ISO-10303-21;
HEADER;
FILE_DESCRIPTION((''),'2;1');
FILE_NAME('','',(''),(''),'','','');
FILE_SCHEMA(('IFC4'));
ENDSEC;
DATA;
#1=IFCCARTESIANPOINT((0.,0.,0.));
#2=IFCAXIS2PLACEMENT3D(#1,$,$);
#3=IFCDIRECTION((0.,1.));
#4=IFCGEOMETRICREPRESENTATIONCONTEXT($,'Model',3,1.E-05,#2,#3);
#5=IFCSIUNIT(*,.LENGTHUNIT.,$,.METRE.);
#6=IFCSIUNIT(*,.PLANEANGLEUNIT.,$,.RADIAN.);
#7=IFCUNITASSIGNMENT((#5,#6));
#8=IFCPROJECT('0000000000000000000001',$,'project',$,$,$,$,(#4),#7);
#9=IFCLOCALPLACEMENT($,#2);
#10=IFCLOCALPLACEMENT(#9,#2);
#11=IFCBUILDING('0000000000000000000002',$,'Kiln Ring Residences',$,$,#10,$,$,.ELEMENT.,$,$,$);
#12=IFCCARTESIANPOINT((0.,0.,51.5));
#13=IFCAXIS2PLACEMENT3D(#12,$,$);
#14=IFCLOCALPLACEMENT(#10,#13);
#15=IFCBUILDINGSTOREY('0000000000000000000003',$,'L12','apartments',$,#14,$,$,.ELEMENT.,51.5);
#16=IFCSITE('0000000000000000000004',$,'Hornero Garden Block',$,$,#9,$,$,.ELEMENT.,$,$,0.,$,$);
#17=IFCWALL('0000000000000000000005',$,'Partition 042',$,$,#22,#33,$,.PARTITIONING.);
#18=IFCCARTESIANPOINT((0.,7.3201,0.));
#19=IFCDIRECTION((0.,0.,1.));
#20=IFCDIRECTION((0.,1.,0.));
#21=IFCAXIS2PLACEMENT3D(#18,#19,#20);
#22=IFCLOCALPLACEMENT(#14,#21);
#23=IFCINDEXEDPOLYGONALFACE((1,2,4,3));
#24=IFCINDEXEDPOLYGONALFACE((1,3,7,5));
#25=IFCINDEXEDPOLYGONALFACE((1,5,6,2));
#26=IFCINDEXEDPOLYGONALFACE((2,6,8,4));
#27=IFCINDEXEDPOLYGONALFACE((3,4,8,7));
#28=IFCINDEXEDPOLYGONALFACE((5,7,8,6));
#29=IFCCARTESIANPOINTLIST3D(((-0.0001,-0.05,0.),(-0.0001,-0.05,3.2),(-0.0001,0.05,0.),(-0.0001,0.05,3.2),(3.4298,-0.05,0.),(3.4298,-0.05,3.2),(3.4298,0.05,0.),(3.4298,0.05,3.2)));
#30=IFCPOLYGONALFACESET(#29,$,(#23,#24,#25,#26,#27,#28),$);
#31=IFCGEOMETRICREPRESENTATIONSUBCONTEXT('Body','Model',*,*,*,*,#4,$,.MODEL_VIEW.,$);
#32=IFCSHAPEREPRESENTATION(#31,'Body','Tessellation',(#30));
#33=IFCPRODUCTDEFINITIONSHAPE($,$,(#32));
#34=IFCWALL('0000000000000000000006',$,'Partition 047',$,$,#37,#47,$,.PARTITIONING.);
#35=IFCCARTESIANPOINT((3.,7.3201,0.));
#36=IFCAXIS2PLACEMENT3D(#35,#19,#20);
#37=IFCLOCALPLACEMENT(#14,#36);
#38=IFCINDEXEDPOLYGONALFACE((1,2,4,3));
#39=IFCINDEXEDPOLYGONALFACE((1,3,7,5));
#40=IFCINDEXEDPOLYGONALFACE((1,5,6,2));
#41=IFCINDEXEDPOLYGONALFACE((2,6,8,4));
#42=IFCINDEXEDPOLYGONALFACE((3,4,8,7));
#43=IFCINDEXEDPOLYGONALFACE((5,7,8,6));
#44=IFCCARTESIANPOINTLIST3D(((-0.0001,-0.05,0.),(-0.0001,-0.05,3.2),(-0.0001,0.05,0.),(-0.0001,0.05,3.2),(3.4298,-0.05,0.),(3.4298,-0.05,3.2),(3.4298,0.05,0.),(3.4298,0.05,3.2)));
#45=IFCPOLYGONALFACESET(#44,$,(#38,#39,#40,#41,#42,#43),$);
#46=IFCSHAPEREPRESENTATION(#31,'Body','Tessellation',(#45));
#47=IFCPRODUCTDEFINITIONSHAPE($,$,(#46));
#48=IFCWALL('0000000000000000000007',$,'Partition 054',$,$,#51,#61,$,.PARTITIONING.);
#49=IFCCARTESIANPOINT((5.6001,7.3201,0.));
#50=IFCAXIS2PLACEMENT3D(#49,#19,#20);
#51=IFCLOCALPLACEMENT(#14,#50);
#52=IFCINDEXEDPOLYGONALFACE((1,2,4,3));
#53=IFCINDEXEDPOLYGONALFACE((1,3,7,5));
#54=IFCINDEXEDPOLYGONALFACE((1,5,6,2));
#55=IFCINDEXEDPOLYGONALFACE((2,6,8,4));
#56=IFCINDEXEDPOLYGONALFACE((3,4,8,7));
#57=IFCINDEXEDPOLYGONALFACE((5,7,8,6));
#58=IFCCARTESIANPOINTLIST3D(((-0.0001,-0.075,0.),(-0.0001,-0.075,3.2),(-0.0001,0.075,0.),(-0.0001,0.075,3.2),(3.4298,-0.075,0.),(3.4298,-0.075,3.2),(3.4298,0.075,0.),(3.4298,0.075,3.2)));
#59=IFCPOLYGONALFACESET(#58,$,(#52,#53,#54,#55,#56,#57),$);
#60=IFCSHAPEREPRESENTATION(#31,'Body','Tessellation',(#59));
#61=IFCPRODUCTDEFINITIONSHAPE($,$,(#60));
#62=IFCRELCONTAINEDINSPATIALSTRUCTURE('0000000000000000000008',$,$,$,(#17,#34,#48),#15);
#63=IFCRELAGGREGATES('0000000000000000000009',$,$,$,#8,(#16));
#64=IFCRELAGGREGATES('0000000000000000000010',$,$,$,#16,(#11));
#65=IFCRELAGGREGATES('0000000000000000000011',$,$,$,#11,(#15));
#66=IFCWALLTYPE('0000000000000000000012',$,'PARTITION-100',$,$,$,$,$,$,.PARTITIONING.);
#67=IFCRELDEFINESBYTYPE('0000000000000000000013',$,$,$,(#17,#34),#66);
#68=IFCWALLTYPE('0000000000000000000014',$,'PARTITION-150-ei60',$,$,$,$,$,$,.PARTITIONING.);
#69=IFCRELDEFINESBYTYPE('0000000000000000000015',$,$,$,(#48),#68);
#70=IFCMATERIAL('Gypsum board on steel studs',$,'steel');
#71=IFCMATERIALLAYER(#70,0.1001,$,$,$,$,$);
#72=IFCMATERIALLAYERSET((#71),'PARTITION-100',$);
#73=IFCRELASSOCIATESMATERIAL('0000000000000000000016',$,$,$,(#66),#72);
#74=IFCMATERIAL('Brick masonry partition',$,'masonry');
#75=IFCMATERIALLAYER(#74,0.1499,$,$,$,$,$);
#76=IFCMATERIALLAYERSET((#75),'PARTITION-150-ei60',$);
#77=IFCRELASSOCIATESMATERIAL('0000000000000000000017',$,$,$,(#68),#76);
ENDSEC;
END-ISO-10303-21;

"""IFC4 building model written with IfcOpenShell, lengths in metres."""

from ifc_helpers import new_model, si_unit, direction, frame, frame_2d, origin, place, context, subcontext, project, spatial, rectangle, extrude, material, layer, layer_set, type_object, element, save


model = new_model("IFC4")

# Units and contexts
model_context = context("Model", 3, precision=1e-05, world=origin(), true_north=direction((0.0, 1.0)))
body_context = subcontext(model_context, "Body", "Model", "MODEL_VIEW")
ifc_project = project(units=[si_unit("LENGTHUNIT", "METRE"), si_unit("PLANEANGLEUNIT", "RADIAN")], contexts=[model_context])

# Site, building, storey
site_placement = place(None, origin())
site = spatial("IfcSite", under=ifc_project, at=site_placement, Name="Hornero Garden Block", CompositionType="ELEMENT", RefElevation=0.0)
building_placement = place(site_placement, origin())
building = spatial("IfcBuilding", under=site, at=building_placement, Name="Kiln Ring Residences", CompositionType="ELEMENT")
storey_placement = place(building_placement, frame((0.0, 0.0, 51.5)))
storey = spatial("IfcBuildingStorey", under=building, at=storey_placement, Name="L12", Description="apartments", CompositionType="ELEMENT", Elevation=51.5)

# Wall
ifc_material_1 = material(Name="Gypsum board on steel studs", Category="steel")
ifc_layer_1 = layer(ifc_material_1, 0.1001)
ifc_layer_set_1 = layer_set([ifc_layer_1], Name="PARTITION-100")
wall_type_1 = type_object("IfcWallType", Name="PARTITION-100", PredefinedType="PARTITIONING", material=ifc_layer_set_1)
wall_1_placement = place(storey_placement, frame((0.0, 7.3201, 0.0), z_axis=(0.0, 0.0, 1.0), x_axis=(0.0, 1.0, 0.0)))
element("IfcWall", 1, at=wall_1_placement, inside=storey, type_object=wall_type_1, Name="Partition 042", PredefinedType="PARTITIONING", context=body_context, shape_type="SweptSolid", body=[
    extrude(rectangle(XDim=3.4299, YDim=0.1001, at=frame_2d((1.7148, 0.0))), origin(), (0.0, 0.0, 1.0), 3.2),
])

# Wall
wall_2_placement = place(storey_placement, frame((3.0, 7.3201, 0.0), z_axis=(0.0, 0.0, 1.0), x_axis=(0.0, 1.0, 0.0)))
element("IfcWall", 2, at=wall_2_placement, inside=storey, type_object=wall_type_1, Name="Partition 047", PredefinedType="PARTITIONING", context=body_context, shape_type="SweptSolid", body=[
    extrude(rectangle(XDim=3.4299, YDim=0.1001, at=frame_2d((1.7148, 0.0))), origin(), (0.0, 0.0, 1.0), 3.2),
])

# Wall
ifc_material_2 = material(Name="Brick masonry partition", Category="masonry")
ifc_layer_2 = layer(ifc_material_2, 0.1499)
ifc_layer_set_2 = layer_set([ifc_layer_2], Name="PARTITION-150-ei60")
wall_type_2 = type_object("IfcWallType", Name="PARTITION-150-ei60", PredefinedType="PARTITIONING", material=ifc_layer_set_2)
wall_3_placement = place(storey_placement, frame((5.6001, 7.3201, 0.0), z_axis=(0.0, 0.0, 1.0), x_axis=(0.0, 1.0, 0.0)))
element("IfcWall", 3, at=wall_3_placement, inside=storey, type_object=wall_type_2, Name="Partition 054", PredefinedType="PARTITIONING", context=body_context, shape_type="SweptSolid", body=[
    extrude(rectangle(XDim=3.4299, YDim=0.1499, at=frame_2d((1.7148, 0.0))), origin(), (0.0, 0.0, 1.0), 3.2),
])

save(model, "model.ifc")
